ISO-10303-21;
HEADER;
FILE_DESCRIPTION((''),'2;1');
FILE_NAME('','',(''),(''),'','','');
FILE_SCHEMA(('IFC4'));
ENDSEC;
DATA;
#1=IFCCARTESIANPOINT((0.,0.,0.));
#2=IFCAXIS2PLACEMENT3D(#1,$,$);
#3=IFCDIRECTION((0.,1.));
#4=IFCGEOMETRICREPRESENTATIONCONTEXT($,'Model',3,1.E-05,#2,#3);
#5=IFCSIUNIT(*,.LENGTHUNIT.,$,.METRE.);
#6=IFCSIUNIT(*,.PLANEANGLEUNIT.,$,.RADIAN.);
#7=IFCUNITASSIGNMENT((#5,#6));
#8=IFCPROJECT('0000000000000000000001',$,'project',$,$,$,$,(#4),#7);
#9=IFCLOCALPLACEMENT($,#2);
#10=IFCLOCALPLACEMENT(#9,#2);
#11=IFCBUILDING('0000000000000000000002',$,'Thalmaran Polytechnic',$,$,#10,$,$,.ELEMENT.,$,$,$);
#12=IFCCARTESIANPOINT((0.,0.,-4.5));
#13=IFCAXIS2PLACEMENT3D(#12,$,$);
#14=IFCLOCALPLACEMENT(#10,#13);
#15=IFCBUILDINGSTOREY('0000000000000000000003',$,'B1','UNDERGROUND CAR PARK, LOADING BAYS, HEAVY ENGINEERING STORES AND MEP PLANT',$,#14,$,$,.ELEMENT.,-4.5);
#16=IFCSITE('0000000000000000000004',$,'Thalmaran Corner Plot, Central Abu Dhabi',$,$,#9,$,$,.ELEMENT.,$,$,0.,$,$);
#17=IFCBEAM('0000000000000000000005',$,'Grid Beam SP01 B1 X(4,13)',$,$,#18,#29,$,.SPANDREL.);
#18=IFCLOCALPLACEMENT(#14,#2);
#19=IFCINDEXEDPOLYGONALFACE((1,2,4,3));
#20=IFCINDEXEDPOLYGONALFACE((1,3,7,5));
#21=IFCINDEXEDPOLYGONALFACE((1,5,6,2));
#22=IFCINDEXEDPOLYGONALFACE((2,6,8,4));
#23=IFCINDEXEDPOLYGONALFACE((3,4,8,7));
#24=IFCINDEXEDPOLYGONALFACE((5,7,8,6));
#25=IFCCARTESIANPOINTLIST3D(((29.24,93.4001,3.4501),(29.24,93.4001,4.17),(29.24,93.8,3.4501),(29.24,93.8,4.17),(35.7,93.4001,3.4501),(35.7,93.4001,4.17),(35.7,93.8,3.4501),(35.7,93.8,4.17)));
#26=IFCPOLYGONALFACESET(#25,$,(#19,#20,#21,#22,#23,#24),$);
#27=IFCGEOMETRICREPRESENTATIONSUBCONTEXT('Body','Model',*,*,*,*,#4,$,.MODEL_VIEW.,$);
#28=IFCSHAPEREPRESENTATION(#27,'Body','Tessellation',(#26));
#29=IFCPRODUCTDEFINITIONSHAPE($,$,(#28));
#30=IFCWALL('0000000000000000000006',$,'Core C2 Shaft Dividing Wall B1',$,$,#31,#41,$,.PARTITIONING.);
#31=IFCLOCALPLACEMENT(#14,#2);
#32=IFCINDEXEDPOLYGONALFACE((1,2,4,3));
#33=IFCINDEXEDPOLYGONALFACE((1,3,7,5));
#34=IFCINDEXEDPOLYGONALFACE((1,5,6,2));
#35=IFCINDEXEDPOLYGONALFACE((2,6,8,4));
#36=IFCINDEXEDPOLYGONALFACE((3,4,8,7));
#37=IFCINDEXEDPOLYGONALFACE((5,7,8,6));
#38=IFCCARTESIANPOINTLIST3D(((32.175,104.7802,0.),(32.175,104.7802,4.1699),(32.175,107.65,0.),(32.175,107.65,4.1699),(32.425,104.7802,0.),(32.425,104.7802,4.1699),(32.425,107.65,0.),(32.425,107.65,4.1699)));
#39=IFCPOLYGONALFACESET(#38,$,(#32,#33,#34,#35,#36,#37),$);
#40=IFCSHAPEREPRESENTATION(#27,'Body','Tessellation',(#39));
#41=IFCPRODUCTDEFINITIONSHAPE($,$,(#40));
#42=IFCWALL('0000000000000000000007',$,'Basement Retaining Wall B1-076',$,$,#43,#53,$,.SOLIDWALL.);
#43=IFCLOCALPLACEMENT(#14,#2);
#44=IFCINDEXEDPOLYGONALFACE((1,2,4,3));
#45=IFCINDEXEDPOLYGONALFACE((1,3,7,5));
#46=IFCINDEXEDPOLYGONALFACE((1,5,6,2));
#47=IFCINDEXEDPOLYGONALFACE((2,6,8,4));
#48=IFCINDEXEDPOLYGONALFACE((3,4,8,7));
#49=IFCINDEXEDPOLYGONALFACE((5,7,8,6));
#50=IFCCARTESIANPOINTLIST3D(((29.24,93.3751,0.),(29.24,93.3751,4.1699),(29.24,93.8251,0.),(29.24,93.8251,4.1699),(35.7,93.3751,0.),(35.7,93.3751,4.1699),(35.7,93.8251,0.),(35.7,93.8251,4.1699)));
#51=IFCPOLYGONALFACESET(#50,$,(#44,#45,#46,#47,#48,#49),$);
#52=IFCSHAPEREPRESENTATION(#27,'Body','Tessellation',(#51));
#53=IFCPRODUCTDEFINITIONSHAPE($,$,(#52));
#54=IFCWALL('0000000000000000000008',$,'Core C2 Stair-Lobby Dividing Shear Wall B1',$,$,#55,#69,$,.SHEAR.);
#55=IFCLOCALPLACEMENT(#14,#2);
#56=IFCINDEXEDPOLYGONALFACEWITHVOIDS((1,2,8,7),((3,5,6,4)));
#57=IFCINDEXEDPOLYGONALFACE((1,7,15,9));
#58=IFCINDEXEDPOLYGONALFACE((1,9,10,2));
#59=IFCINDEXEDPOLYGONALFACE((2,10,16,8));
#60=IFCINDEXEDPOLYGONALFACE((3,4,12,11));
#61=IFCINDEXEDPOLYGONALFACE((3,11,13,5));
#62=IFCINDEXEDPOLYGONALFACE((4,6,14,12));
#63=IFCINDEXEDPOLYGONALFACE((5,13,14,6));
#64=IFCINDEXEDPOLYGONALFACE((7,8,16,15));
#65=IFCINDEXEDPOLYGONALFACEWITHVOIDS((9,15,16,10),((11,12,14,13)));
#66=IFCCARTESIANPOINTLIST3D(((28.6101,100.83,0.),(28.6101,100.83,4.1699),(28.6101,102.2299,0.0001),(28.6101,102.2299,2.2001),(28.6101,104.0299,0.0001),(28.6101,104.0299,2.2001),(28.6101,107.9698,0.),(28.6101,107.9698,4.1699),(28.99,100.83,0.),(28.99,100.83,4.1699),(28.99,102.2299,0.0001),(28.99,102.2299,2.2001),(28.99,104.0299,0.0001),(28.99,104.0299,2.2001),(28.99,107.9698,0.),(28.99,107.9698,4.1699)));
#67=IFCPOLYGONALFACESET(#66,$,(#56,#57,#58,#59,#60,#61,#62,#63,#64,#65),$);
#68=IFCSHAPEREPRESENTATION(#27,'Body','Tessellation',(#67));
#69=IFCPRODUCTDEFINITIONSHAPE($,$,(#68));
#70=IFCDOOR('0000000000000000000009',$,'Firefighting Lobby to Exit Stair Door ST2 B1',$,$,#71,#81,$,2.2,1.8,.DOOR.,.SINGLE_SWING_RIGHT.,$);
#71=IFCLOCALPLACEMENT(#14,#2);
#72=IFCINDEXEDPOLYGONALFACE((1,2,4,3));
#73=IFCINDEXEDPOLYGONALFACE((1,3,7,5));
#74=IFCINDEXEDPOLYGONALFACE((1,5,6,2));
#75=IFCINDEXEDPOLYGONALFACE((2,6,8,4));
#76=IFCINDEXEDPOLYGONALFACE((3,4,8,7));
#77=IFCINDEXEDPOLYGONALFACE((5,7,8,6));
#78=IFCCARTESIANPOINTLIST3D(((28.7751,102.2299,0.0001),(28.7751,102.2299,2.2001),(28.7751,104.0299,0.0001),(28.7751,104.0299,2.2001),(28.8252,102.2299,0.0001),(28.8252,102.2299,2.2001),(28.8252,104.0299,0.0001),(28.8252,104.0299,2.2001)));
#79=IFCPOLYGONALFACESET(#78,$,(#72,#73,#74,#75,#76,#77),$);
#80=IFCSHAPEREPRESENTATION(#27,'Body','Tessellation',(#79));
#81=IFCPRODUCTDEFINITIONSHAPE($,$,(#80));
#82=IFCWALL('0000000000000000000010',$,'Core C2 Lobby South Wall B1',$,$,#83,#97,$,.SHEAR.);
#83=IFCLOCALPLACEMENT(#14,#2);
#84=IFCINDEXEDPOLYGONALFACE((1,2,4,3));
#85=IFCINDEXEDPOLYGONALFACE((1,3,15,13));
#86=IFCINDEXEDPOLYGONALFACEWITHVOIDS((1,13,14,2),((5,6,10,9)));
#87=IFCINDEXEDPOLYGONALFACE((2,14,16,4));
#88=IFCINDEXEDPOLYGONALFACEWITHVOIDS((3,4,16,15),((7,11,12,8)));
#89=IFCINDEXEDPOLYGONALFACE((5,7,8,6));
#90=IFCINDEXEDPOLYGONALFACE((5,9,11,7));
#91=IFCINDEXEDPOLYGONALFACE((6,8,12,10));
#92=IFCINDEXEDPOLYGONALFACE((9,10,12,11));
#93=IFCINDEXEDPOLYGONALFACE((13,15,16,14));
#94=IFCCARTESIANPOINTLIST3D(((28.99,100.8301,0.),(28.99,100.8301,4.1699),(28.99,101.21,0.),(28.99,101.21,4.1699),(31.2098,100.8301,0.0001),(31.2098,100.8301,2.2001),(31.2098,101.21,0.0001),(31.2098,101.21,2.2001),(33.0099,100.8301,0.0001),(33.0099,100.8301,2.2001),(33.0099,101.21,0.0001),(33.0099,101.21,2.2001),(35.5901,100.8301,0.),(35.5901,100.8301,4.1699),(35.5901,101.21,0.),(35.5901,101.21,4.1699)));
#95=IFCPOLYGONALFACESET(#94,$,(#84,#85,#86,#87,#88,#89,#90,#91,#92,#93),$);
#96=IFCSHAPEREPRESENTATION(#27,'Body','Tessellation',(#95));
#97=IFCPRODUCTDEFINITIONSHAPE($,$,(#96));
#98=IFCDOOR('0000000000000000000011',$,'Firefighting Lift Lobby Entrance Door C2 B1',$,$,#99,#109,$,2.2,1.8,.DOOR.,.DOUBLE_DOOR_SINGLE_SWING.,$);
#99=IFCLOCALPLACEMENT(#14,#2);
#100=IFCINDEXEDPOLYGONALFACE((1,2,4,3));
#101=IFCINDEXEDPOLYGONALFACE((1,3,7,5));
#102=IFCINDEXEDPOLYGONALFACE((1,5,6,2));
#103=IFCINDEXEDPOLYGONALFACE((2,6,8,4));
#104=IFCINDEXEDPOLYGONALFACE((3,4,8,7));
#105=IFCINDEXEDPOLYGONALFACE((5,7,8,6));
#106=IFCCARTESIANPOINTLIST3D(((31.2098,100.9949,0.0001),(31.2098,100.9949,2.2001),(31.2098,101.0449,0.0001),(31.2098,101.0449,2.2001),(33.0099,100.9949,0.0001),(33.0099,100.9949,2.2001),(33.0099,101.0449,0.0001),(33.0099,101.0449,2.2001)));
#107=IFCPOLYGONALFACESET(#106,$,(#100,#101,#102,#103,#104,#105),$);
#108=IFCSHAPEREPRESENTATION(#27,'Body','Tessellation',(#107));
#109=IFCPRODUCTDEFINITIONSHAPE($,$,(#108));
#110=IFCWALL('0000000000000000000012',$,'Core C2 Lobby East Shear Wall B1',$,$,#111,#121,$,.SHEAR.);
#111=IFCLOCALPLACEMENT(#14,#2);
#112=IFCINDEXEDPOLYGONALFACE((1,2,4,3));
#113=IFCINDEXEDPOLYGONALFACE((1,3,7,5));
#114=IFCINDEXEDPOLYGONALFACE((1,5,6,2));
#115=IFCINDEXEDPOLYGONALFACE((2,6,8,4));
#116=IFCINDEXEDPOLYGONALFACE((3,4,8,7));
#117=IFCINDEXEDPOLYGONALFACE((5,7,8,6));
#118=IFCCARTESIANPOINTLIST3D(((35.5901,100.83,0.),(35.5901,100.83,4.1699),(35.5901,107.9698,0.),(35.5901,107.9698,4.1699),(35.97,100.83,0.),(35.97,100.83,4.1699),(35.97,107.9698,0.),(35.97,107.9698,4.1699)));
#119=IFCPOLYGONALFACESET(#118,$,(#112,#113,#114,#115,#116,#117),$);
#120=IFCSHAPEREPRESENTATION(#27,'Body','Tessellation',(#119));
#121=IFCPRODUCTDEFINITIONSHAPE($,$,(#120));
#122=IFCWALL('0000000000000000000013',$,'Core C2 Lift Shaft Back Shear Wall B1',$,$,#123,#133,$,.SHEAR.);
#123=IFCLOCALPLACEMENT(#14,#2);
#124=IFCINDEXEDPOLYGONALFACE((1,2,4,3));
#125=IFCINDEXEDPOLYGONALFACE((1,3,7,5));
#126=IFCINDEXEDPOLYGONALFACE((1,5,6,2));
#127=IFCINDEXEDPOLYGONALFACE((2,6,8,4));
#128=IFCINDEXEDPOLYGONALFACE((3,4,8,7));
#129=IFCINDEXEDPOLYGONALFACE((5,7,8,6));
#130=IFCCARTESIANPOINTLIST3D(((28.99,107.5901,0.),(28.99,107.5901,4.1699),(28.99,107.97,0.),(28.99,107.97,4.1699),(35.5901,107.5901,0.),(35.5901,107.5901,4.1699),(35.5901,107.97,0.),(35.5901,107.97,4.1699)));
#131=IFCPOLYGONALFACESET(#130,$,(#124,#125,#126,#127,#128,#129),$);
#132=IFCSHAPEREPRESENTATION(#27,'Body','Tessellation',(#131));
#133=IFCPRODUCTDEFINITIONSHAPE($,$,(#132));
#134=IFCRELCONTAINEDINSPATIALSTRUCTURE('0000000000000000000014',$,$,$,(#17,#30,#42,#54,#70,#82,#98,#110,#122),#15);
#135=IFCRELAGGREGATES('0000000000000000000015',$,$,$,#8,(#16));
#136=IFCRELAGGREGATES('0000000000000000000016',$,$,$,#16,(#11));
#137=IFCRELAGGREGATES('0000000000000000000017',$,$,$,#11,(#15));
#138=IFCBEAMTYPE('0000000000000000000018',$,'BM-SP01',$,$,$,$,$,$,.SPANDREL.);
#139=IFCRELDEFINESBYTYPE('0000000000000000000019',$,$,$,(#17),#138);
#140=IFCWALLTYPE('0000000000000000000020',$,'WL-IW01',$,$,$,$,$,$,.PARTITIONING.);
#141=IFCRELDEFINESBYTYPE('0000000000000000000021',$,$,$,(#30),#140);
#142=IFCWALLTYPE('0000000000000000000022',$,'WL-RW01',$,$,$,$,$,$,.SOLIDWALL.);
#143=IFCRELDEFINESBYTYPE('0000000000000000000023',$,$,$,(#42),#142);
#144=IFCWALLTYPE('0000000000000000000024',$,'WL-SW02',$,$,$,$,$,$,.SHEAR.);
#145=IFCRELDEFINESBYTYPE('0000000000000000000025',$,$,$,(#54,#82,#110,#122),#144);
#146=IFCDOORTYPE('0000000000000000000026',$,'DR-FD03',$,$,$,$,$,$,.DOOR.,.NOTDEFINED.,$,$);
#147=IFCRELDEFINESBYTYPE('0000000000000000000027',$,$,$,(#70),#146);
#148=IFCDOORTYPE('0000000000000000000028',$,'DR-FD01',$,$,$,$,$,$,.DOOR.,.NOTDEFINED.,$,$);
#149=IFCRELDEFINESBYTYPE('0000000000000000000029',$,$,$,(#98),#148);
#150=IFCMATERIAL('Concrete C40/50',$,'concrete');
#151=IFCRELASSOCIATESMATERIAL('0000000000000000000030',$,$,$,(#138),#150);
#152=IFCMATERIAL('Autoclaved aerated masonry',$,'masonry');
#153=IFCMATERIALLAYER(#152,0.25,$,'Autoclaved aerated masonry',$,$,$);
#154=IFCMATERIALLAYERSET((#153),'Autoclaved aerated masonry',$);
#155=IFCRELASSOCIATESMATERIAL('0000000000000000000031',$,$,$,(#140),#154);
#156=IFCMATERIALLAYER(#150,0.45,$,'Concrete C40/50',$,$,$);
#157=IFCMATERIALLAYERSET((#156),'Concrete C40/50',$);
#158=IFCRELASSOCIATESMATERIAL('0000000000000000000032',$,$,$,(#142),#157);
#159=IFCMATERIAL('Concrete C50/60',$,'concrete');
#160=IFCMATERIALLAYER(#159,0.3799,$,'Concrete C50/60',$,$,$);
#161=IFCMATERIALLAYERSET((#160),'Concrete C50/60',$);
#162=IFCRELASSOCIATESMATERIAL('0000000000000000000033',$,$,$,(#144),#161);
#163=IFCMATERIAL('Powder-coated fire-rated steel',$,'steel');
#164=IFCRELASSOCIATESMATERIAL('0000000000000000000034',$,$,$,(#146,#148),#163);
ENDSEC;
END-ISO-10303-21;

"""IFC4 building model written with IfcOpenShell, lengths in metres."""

from ifc_helpers import new_model, si_unit, direction, frame, frame_2d, origin, origin_2d, place, context, subcontext, project, spatial, rectangle, extrude, material, layer, layer_set, material_profile, profile_set, type_object, element, fill, save


model = new_model("IFC4")

# Units and contexts
model_context = context("Model", 3, precision=1e-05, world=origin(), true_north=direction((0.0, 1.0)))
body_context = subcontext(model_context, "Body", "Model", "MODEL_VIEW")
ifc_project = project(units=[si_unit("LENGTHUNIT", "METRE"), si_unit("PLANEANGLEUNIT", "RADIAN")], contexts=[model_context])

# Site, building, storey
site_placement = place(None, origin())
site = spatial("IfcSite", under=ifc_project, at=site_placement, Name="Thalmaran Corner Plot, Central Abu Dhabi", CompositionType="ELEMENT", RefElevation=0.0)
building_placement = place(site_placement, origin())
building = spatial("IfcBuilding", under=site, at=building_placement, Name="Thalmaran Polytechnic", CompositionType="ELEMENT")
storey_placement = place(building_placement, frame((0.0, 0.0, -4.5)))
storey = spatial("IfcBuildingStorey", under=building, at=storey_placement, Name="B1", Description="UNDERGROUND CAR PARK, LOADING BAYS, HEAVY ENGINEERING STORES AND MEP PLANT", CompositionType="ELEMENT", Elevation=-4.5)

# Shared definitions
ifc_material_1 = material(Name="Concrete C40/50", Category="concrete")

# Shared definitions
ifc_material_2 = material(Name="Concrete C50/60", Category="concrete")

# Beam
ifc_material_profile_1 = material_profile(ifc_material_1, rectangle(XDim=0.3999, YDim=0.72, at=origin_2d()), Name="RC 400x720")
ifc_profile_set_1 = profile_set([ifc_material_profile_1], Name="Concrete C40/50")
beam_type_1 = type_object("IfcBeamType", Name="BM-SP01", PredefinedType="SPANDREL", material=ifc_profile_set_1)
beam_1_placement = place(storey_placement, frame((29.24, 93.6001, 3.8101), z_axis=(1.0, 0.0, 0.0), x_axis=(0.0, 1.0, 0.0)))
element("IfcBeam", 1, at=beam_1_placement, inside=storey, type_object=beam_type_1, Name="Grid Beam SP01 B1 X(4,13)", PredefinedType="SPANDREL", context=body_context, shape_type="SweptSolid", body=[
    extrude(rectangle(XDim=0.3999, YDim=0.72, at=origin_2d()), origin(), (0.0, 0.0, 1.0), 6.46),
])

# Walls
ifc_material_3 = material(Name="Autoclaved aerated masonry", Category="masonry")
ifc_layer_1 = layer(ifc_material_3, 0.25, Name="Autoclaved aerated masonry")
ifc_layer_set_1 = layer_set([ifc_layer_1], Name="Autoclaved aerated masonry")
wall_type_1 = type_object("IfcWallType", Name="WL-IW01", PredefinedType="PARTITIONING", material=ifc_layer_set_1)
wall_1_placement = place(storey_placement, frame((32.3, 104.78, 0.0), z_axis=(0.0, 0.0, 1.0), x_axis=(0.0, 1.0, 0.0)))
element("IfcWall", 2, at=wall_1_placement, inside=storey, type_object=wall_type_1, Name="Core C2 Shaft Dividing Wall B1", PredefinedType="PARTITIONING", context=body_context, shape_type="SweptSolid", body=[
    extrude(rectangle(XDim=2.8699, YDim=0.25, at=frame_2d((1.4351, 0.0))), origin(), (0.0, 0.0, 1.0), 4.1699),
])
ifc_layer_2 = layer(ifc_material_1, 0.45, Name="Concrete C40/50")
ifc_layer_set_2 = layer_set([ifc_layer_2], Name="Concrete C40/50")
wall_type_2 = type_object("IfcWallType", Name="WL-RW01", PredefinedType="SOLIDWALL", material=ifc_layer_set_2)
wall_2_placement = place(storey_placement, frame((35.7, 93.6001, 0.0), z_axis=(0.0, 0.0, 1.0), x_axis=(-1.0, 0.0, 0.0)))
element("IfcWall", 3, at=wall_2_placement, inside=storey, type_object=wall_type_2, Name="Basement Retaining Wall B1-076", PredefinedType="SOLIDWALL", context=body_context, shape_type="SweptSolid", body=[
    extrude(rectangle(XDim=6.46, YDim=0.45, at=frame_2d((3.23, 0.0))), origin(), (0.0, 0.0, 1.0), 4.1699),
])

# Walls, openings, doors
ifc_layer_3 = layer(ifc_material_2, 0.3799, Name="Concrete C50/60")
ifc_layer_set_3 = layer_set([ifc_layer_3], Name="Concrete C50/60")
wall_type_3 = type_object("IfcWallType", Name="WL-SW02", PredefinedType="SHEAR", material=ifc_layer_set_3)
wall_3_placement = place(storey_placement, frame((28.8, 100.8301, 0.0), z_axis=(0.0, 0.0, 1.0), x_axis=(0.0, 1.0, 0.0)))
wall_3 = element("IfcWall", 4, at=wall_3_placement, inside=storey, type_object=wall_type_3, Name="Core C2 Stair-Lobby Dividing Shear Wall B1", PredefinedType="SHEAR", context=body_context, shape_type="SweptSolid", body=[
    extrude(rectangle(XDim=7.1399, YDim=0.3799, at=frame_2d((3.5698, 0.0))), origin(), (0.0, 0.0, 1.0), 4.1699),
])
opening_1_placement = place(wall_3_placement, frame((1.3999, 0.0, 0.0)))
opening_1 = element("IfcOpeningElement", 5, at=opening_1_placement, cuts=wall_3, PredefinedType="OPENING", context=body_context, shape_type="SweptSolid", body=[
    extrude(rectangle(XDim=1.8, YDim=2.2, at=frame_2d((0.8999, 1.1001))), frame((0.0, 0.2, 0.0), z_axis=(0.0, -1.0, 0.0), x_axis=(1.0, 0.0, 0.0)), (0.0, 0.0, 1.0), 0.3999),
])
ifc_material_4 = material(Name="Powder-coated fire-rated steel", Category="steel")
door_type_1 = type_object("IfcDoorType", Name="DR-FD03", OperationType="NOTDEFINED", PredefinedType="DOOR", material=ifc_material_4)
door_1_placement = place(opening_1_placement, origin())
door_1 = element("IfcDoor", 6, at=door_1_placement, inside=storey, type_object=door_type_1, Name="Firefighting Lobby to Exit Stair Door ST2 B1", OperationType="SINGLE_SWING_RIGHT", OverallHeight=2.2, OverallWidth=1.8, PredefinedType="DOOR", context=body_context, shape_type="SweptSolid", body=[
    extrude(rectangle(XDim=1.8, YDim=2.2, at=frame_2d((0.8999, 1.1001))), frame((0.0, 0.0249, 0.0), z_axis=(0.0, -1.0, 0.0), x_axis=(1.0, 0.0, 0.0)), (0.0, 0.0, 1.0), 0.05),
])
fill(opening_1, door_1)
wall_4_placement = place(storey_placement, frame((28.99, 101.02, 0.0), z_axis=(0.0, 0.0, 1.0), x_axis=(1.0, 0.0, 0.0)))
wall_4 = element("IfcWall", 7, at=wall_4_placement, inside=storey, type_object=wall_type_3, Name="Core C2 Lobby South Wall B1", PredefinedType="SHEAR", context=body_context, shape_type="SweptSolid", body=[
    extrude(rectangle(XDim=6.6001, YDim=0.3799, at=frame_2d((3.3, 0.0))), origin(), (0.0, 0.0, 1.0), 4.1699),
])
opening_2_placement = place(wall_4_placement, frame((2.22, 0.0, 0.0)))
opening_2 = element("IfcOpeningElement", 8, at=opening_2_placement, cuts=wall_4, PredefinedType="OPENING", context=body_context, shape_type="SweptSolid", body=[
    extrude(rectangle(XDim=1.8, YDim=2.2, at=frame_2d((0.8999, 1.1001))), frame((0.0, 0.2, 0.0), z_axis=(0.0, -1.0, 0.0), x_axis=(1.0, 0.0, 0.0)), (0.0, 0.0, 1.0), 0.3999),
])
door_type_2 = type_object("IfcDoorType", Name="DR-FD01", OperationType="NOTDEFINED", PredefinedType="DOOR", material=ifc_material_4)
door_2_placement = place(opening_2_placement, origin())
door_2 = element("IfcDoor", 9, at=door_2_placement, inside=storey, type_object=door_type_2, Name="Firefighting Lift Lobby Entrance Door C2 B1", OperationType="DOUBLE_DOOR_SINGLE_SWING", OverallHeight=2.2, OverallWidth=1.8, PredefinedType="DOOR", context=body_context, shape_type="SweptSolid", body=[
    extrude(rectangle(XDim=1.8, YDim=2.2, at=frame_2d((0.8999, 1.1001))), frame((0.0, 0.0249, 0.0), z_axis=(0.0, -1.0, 0.0), x_axis=(1.0, 0.0, 0.0)), (0.0, 0.0, 1.0), 0.05),
])
fill(opening_2, door_2)

# Walls
wall_5_placement = place(storey_placement, frame((35.78, 100.8301, 0.0), z_axis=(0.0, 0.0, 1.0), x_axis=(0.0, 1.0, 0.0)))
element("IfcWall", 10, at=wall_5_placement, inside=storey, type_object=wall_type_3, Name="Core C2 Lobby East Shear Wall B1", PredefinedType="SHEAR", context=body_context, shape_type="SweptSolid", body=[
    extrude(rectangle(XDim=7.1399, YDim=0.3799, at=frame_2d((3.5698, 0.0))), origin(), (0.0, 0.0, 1.0), 4.1699),
])
wall_6_placement = place(storey_placement, frame((28.99, 107.78, 0.0), z_axis=(0.0, 0.0, 1.0), x_axis=(1.0, 0.0, 0.0)))
element("IfcWall", 11, at=wall_6_placement, inside=storey, type_object=wall_type_3, Name="Core C2 Lift Shaft Back Shear Wall B1", PredefinedType="SHEAR", context=body_context, shape_type="SweptSolid", body=[
    extrude(rectangle(XDim=6.6001, YDim=0.3799, at=frame_2d((3.3, 0.0))), origin(), (0.0, 0.0, 1.0), 4.1699),
])

save(model, "model.ifc")
